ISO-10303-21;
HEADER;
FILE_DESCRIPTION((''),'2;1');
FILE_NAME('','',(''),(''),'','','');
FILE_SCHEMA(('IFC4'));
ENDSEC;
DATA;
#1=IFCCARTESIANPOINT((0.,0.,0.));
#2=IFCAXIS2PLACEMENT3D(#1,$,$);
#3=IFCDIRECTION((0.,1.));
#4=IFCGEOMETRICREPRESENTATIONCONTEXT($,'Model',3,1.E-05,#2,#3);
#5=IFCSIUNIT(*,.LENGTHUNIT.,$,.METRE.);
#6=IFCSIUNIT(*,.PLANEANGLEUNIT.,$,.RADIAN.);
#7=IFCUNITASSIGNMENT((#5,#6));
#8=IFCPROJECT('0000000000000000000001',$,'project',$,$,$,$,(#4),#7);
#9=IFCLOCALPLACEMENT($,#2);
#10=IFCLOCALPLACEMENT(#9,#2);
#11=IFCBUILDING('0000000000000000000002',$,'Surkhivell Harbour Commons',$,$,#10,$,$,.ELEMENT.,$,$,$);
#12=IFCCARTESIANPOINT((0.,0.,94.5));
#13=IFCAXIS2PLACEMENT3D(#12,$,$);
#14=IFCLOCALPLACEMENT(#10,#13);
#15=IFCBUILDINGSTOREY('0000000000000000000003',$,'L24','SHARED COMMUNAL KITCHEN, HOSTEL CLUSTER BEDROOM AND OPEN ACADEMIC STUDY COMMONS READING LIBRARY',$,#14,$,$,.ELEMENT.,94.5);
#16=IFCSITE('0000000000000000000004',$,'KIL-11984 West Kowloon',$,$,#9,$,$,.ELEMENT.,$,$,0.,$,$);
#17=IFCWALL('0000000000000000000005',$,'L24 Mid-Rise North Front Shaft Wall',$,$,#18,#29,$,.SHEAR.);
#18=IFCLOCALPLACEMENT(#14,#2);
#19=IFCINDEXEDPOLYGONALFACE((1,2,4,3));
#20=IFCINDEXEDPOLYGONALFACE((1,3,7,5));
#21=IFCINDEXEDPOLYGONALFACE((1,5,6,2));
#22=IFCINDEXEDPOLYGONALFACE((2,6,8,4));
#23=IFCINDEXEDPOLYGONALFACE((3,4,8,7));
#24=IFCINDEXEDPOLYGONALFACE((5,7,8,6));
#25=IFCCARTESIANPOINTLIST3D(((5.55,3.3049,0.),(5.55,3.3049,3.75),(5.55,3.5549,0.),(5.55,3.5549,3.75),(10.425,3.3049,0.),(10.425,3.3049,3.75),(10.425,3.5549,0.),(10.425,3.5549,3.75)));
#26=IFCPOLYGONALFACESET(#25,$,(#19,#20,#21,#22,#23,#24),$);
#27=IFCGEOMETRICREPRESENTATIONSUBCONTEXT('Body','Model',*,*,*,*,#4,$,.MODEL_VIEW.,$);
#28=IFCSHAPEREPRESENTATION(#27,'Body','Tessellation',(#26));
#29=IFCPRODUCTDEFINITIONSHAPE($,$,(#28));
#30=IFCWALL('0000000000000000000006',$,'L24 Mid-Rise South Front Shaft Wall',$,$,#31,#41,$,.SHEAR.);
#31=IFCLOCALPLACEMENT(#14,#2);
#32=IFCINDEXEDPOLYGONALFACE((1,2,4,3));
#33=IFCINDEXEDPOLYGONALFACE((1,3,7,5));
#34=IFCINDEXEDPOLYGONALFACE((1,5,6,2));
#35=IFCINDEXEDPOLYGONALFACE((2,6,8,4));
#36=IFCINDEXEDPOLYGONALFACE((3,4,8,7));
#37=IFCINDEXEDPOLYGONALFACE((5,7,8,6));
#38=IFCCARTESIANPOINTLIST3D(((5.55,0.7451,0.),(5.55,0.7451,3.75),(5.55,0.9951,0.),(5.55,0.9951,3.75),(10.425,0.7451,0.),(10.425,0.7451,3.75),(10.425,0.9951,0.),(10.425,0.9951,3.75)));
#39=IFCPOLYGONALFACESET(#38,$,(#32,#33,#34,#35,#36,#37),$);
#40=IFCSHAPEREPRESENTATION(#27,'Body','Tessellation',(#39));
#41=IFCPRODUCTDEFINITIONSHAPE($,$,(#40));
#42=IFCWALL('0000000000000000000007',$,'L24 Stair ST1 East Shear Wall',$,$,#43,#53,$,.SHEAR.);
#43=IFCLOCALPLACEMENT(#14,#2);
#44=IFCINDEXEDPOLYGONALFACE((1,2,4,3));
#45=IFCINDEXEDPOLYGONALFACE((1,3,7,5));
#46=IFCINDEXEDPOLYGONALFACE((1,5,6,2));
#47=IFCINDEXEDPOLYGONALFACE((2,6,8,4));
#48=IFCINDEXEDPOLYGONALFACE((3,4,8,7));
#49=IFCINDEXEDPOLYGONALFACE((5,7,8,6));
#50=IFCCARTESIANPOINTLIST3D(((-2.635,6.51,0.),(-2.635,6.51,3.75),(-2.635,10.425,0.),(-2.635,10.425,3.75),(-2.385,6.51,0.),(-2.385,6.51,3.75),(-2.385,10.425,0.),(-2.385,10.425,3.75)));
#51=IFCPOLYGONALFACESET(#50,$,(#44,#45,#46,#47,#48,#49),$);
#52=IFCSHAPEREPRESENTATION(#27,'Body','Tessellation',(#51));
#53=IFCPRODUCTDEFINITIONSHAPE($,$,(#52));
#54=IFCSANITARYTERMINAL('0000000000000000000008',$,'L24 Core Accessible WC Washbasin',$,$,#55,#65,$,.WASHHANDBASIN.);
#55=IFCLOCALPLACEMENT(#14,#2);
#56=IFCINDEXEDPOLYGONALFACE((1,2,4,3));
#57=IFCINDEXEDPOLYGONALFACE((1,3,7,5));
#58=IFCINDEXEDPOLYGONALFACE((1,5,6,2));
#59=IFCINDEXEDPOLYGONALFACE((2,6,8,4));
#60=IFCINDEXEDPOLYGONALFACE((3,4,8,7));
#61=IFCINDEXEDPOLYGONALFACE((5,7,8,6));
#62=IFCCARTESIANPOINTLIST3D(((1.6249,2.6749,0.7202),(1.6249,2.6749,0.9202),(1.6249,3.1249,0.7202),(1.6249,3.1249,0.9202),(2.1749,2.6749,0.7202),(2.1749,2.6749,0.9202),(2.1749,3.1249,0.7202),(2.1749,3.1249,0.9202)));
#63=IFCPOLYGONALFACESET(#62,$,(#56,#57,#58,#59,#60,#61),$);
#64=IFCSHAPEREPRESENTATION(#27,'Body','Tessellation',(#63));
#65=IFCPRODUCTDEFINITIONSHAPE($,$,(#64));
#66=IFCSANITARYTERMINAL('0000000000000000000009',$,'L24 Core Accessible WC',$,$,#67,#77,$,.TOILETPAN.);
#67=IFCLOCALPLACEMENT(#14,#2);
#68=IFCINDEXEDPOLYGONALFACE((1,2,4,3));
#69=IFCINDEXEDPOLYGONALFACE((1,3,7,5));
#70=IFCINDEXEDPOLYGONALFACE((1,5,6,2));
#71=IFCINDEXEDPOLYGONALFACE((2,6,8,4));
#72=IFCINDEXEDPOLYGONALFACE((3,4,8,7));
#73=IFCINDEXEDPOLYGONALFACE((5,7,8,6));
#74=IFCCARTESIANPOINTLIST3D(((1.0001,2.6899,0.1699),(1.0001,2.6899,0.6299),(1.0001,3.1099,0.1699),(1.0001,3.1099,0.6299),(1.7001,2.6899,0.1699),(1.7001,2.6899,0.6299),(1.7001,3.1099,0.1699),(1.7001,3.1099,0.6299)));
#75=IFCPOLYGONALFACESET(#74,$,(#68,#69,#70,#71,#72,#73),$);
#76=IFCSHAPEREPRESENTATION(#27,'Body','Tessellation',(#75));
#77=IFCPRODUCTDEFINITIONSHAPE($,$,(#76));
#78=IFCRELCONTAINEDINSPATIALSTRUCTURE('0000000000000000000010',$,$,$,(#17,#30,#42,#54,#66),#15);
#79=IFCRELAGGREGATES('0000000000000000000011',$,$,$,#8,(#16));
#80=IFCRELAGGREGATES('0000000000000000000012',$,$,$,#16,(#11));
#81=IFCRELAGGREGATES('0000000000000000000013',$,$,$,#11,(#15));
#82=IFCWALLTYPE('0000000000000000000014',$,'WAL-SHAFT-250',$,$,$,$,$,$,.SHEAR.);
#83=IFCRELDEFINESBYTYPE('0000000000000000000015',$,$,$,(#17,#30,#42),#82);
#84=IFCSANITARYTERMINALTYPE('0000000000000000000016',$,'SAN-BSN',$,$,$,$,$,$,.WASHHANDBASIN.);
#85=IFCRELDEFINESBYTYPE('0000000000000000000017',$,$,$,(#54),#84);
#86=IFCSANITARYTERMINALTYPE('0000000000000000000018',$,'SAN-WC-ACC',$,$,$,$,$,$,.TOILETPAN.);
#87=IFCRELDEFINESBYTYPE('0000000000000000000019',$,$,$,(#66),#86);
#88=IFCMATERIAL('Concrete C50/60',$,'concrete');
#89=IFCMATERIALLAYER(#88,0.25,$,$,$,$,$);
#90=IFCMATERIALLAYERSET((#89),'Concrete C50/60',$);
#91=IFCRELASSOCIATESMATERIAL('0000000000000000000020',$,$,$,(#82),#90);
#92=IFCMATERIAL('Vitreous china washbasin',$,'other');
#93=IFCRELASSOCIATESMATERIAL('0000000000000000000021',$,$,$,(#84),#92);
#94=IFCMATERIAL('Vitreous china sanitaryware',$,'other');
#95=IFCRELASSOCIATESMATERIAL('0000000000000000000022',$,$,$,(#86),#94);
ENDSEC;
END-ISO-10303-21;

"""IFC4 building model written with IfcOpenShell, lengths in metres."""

from ifc_helpers import new_model, si_unit, direction, frame, frame_2d, origin, origin_2d, place, context, subcontext, project, spatial, rectangle, extrude, material, layer, layer_set, type_object, element, save


model = new_model("IFC4")

# Units and contexts
model_context = context("Model", 3, precision=1e-05, world=origin(), true_north=direction((0.0, 1.0)))
body_context = subcontext(model_context, "Body", "Model", "MODEL_VIEW")
ifc_project = project(units=[si_unit("LENGTHUNIT", "METRE"), si_unit("PLANEANGLEUNIT", "RADIAN")], contexts=[model_context])

# Site, building, storey
site_placement = place(None, origin())
site = spatial("IfcSite", under=ifc_project, at=site_placement, Name="KIL-11984 West Kowloon", CompositionType="ELEMENT", RefElevation=0.0)
building_placement = place(site_placement, origin())
building = spatial("IfcBuilding", under=site, at=building_placement, Name="Surkhivell Harbour Commons", CompositionType="ELEMENT")
storey_placement = place(building_placement, frame((0.0, 0.0, 94.5)))
storey = spatial("IfcBuildingStorey", under=building, at=storey_placement, Name="L24", Description="SHARED COMMUNAL KITCHEN, HOSTEL CLUSTER BEDROOM AND OPEN ACADEMIC STUDY COMMONS READING LIBRARY", CompositionType="ELEMENT", Elevation=94.5)

# Shared definitions
ifc_material_1 = material(Name="Concrete C50/60", Category="concrete")
ifc_layer_1 = layer(ifc_material_1, 0.25)
ifc_layer_set_1 = layer_set([ifc_layer_1], Name="Concrete C50/60")
wall_type_1 = type_object("IfcWallType", Name="WAL-SHAFT-250", PredefinedType="SHEAR", material=ifc_layer_set_1)

# Walls
for number, where, z_axis, x_axis, name in (
    (1, (5.55, 3.4299, 0.0), (0.0, 0.0, 1.0), (1.0, 0.0, 0.0), "L24 Mid-Rise North Front Shaft Wall"),
    (2, (5.55, 0.8701, 0.0), (0.0, 0.0, 1.0), (1.0, 0.0, 0.0), "L24 Mid-Rise South Front Shaft Wall"),
):
    element("IfcWall", number, at=place(storey_placement, frame(where, z_axis=z_axis, x_axis=x_axis)), inside=storey, type_object=wall_type_1, Name=name, PredefinedType="SHEAR", context=body_context, shape_type="SweptSolid", body=[
        extrude(rectangle(XDim=4.875, YDim=0.25, at=frame_2d((2.4375, 0.0))), origin(), (0.0, 0.0, 1.0), 3.75),
    ])
wall_1_placement = place(storey_placement, frame((-2.51, 6.51, 0.0), z_axis=(0.0, 0.0, 1.0), x_axis=(0.0, 1.0, 0.0)))
element("IfcWall", 3, at=wall_1_placement, inside=storey, type_object=wall_type_1, Name="L24 Stair ST1 East Shear Wall", PredefinedType="SHEAR", context=body_context, shape_type="SweptSolid", body=[
    extrude(rectangle(XDim=3.915, YDim=0.25, at=frame_2d((1.9575, 0.0))), origin(), (0.0, 0.0, 1.0), 3.75),
])

# Sanitary terminals
ifc_material_2 = material(Name="Vitreous china washbasin", Category="other")
sanitary_terminal_type_1 = type_object("IfcSanitaryTerminalType", Name="SAN-BSN", PredefinedType="WASHHANDBASIN", material=ifc_material_2)
sanitary_terminal_1_placement = place(storey_placement, frame((1.8999, 2.8999, 0.7202), z_axis=(0.0, 0.0, 1.0), x_axis=(1.0, 0.0, 0.0)))
element("IfcSanitaryTerminal", 4, at=sanitary_terminal_1_placement, inside=storey, type_object=sanitary_terminal_type_1, Name="L24 Core Accessible WC Washbasin", PredefinedType="WASHHANDBASIN", context=body_context, shape_type="SweptSolid", body=[
    extrude(rectangle(XDim=0.55, YDim=0.45, at=origin_2d()), origin(), (0.0, 0.0, 1.0), 0.2),
])
ifc_material_3 = material(Name="Vitreous china sanitaryware", Category="other")
sanitary_terminal_type_2 = type_object("IfcSanitaryTerminalType", Name="SAN-WC-ACC", PredefinedType="TOILETPAN", material=ifc_material_3)
sanitary_terminal_2_placement = place(storey_placement, frame((1.3501, 2.8999, 0.1699), z_axis=(0.0, 0.0, 1.0), x_axis=(1.0, 0.0, 0.0)))
element("IfcSanitaryTerminal", 5, at=sanitary_terminal_2_placement, inside=storey, type_object=sanitary_terminal_type_2, Name="L24 Core Accessible WC", PredefinedType="TOILETPAN", context=body_context, shape_type="SweptSolid", body=[
    extrude(rectangle(XDim=0.7, YDim=0.4199, at=origin_2d()), origin(), (0.0, 0.0, 1.0), 0.46),
])

save(model, "model.ifc")
